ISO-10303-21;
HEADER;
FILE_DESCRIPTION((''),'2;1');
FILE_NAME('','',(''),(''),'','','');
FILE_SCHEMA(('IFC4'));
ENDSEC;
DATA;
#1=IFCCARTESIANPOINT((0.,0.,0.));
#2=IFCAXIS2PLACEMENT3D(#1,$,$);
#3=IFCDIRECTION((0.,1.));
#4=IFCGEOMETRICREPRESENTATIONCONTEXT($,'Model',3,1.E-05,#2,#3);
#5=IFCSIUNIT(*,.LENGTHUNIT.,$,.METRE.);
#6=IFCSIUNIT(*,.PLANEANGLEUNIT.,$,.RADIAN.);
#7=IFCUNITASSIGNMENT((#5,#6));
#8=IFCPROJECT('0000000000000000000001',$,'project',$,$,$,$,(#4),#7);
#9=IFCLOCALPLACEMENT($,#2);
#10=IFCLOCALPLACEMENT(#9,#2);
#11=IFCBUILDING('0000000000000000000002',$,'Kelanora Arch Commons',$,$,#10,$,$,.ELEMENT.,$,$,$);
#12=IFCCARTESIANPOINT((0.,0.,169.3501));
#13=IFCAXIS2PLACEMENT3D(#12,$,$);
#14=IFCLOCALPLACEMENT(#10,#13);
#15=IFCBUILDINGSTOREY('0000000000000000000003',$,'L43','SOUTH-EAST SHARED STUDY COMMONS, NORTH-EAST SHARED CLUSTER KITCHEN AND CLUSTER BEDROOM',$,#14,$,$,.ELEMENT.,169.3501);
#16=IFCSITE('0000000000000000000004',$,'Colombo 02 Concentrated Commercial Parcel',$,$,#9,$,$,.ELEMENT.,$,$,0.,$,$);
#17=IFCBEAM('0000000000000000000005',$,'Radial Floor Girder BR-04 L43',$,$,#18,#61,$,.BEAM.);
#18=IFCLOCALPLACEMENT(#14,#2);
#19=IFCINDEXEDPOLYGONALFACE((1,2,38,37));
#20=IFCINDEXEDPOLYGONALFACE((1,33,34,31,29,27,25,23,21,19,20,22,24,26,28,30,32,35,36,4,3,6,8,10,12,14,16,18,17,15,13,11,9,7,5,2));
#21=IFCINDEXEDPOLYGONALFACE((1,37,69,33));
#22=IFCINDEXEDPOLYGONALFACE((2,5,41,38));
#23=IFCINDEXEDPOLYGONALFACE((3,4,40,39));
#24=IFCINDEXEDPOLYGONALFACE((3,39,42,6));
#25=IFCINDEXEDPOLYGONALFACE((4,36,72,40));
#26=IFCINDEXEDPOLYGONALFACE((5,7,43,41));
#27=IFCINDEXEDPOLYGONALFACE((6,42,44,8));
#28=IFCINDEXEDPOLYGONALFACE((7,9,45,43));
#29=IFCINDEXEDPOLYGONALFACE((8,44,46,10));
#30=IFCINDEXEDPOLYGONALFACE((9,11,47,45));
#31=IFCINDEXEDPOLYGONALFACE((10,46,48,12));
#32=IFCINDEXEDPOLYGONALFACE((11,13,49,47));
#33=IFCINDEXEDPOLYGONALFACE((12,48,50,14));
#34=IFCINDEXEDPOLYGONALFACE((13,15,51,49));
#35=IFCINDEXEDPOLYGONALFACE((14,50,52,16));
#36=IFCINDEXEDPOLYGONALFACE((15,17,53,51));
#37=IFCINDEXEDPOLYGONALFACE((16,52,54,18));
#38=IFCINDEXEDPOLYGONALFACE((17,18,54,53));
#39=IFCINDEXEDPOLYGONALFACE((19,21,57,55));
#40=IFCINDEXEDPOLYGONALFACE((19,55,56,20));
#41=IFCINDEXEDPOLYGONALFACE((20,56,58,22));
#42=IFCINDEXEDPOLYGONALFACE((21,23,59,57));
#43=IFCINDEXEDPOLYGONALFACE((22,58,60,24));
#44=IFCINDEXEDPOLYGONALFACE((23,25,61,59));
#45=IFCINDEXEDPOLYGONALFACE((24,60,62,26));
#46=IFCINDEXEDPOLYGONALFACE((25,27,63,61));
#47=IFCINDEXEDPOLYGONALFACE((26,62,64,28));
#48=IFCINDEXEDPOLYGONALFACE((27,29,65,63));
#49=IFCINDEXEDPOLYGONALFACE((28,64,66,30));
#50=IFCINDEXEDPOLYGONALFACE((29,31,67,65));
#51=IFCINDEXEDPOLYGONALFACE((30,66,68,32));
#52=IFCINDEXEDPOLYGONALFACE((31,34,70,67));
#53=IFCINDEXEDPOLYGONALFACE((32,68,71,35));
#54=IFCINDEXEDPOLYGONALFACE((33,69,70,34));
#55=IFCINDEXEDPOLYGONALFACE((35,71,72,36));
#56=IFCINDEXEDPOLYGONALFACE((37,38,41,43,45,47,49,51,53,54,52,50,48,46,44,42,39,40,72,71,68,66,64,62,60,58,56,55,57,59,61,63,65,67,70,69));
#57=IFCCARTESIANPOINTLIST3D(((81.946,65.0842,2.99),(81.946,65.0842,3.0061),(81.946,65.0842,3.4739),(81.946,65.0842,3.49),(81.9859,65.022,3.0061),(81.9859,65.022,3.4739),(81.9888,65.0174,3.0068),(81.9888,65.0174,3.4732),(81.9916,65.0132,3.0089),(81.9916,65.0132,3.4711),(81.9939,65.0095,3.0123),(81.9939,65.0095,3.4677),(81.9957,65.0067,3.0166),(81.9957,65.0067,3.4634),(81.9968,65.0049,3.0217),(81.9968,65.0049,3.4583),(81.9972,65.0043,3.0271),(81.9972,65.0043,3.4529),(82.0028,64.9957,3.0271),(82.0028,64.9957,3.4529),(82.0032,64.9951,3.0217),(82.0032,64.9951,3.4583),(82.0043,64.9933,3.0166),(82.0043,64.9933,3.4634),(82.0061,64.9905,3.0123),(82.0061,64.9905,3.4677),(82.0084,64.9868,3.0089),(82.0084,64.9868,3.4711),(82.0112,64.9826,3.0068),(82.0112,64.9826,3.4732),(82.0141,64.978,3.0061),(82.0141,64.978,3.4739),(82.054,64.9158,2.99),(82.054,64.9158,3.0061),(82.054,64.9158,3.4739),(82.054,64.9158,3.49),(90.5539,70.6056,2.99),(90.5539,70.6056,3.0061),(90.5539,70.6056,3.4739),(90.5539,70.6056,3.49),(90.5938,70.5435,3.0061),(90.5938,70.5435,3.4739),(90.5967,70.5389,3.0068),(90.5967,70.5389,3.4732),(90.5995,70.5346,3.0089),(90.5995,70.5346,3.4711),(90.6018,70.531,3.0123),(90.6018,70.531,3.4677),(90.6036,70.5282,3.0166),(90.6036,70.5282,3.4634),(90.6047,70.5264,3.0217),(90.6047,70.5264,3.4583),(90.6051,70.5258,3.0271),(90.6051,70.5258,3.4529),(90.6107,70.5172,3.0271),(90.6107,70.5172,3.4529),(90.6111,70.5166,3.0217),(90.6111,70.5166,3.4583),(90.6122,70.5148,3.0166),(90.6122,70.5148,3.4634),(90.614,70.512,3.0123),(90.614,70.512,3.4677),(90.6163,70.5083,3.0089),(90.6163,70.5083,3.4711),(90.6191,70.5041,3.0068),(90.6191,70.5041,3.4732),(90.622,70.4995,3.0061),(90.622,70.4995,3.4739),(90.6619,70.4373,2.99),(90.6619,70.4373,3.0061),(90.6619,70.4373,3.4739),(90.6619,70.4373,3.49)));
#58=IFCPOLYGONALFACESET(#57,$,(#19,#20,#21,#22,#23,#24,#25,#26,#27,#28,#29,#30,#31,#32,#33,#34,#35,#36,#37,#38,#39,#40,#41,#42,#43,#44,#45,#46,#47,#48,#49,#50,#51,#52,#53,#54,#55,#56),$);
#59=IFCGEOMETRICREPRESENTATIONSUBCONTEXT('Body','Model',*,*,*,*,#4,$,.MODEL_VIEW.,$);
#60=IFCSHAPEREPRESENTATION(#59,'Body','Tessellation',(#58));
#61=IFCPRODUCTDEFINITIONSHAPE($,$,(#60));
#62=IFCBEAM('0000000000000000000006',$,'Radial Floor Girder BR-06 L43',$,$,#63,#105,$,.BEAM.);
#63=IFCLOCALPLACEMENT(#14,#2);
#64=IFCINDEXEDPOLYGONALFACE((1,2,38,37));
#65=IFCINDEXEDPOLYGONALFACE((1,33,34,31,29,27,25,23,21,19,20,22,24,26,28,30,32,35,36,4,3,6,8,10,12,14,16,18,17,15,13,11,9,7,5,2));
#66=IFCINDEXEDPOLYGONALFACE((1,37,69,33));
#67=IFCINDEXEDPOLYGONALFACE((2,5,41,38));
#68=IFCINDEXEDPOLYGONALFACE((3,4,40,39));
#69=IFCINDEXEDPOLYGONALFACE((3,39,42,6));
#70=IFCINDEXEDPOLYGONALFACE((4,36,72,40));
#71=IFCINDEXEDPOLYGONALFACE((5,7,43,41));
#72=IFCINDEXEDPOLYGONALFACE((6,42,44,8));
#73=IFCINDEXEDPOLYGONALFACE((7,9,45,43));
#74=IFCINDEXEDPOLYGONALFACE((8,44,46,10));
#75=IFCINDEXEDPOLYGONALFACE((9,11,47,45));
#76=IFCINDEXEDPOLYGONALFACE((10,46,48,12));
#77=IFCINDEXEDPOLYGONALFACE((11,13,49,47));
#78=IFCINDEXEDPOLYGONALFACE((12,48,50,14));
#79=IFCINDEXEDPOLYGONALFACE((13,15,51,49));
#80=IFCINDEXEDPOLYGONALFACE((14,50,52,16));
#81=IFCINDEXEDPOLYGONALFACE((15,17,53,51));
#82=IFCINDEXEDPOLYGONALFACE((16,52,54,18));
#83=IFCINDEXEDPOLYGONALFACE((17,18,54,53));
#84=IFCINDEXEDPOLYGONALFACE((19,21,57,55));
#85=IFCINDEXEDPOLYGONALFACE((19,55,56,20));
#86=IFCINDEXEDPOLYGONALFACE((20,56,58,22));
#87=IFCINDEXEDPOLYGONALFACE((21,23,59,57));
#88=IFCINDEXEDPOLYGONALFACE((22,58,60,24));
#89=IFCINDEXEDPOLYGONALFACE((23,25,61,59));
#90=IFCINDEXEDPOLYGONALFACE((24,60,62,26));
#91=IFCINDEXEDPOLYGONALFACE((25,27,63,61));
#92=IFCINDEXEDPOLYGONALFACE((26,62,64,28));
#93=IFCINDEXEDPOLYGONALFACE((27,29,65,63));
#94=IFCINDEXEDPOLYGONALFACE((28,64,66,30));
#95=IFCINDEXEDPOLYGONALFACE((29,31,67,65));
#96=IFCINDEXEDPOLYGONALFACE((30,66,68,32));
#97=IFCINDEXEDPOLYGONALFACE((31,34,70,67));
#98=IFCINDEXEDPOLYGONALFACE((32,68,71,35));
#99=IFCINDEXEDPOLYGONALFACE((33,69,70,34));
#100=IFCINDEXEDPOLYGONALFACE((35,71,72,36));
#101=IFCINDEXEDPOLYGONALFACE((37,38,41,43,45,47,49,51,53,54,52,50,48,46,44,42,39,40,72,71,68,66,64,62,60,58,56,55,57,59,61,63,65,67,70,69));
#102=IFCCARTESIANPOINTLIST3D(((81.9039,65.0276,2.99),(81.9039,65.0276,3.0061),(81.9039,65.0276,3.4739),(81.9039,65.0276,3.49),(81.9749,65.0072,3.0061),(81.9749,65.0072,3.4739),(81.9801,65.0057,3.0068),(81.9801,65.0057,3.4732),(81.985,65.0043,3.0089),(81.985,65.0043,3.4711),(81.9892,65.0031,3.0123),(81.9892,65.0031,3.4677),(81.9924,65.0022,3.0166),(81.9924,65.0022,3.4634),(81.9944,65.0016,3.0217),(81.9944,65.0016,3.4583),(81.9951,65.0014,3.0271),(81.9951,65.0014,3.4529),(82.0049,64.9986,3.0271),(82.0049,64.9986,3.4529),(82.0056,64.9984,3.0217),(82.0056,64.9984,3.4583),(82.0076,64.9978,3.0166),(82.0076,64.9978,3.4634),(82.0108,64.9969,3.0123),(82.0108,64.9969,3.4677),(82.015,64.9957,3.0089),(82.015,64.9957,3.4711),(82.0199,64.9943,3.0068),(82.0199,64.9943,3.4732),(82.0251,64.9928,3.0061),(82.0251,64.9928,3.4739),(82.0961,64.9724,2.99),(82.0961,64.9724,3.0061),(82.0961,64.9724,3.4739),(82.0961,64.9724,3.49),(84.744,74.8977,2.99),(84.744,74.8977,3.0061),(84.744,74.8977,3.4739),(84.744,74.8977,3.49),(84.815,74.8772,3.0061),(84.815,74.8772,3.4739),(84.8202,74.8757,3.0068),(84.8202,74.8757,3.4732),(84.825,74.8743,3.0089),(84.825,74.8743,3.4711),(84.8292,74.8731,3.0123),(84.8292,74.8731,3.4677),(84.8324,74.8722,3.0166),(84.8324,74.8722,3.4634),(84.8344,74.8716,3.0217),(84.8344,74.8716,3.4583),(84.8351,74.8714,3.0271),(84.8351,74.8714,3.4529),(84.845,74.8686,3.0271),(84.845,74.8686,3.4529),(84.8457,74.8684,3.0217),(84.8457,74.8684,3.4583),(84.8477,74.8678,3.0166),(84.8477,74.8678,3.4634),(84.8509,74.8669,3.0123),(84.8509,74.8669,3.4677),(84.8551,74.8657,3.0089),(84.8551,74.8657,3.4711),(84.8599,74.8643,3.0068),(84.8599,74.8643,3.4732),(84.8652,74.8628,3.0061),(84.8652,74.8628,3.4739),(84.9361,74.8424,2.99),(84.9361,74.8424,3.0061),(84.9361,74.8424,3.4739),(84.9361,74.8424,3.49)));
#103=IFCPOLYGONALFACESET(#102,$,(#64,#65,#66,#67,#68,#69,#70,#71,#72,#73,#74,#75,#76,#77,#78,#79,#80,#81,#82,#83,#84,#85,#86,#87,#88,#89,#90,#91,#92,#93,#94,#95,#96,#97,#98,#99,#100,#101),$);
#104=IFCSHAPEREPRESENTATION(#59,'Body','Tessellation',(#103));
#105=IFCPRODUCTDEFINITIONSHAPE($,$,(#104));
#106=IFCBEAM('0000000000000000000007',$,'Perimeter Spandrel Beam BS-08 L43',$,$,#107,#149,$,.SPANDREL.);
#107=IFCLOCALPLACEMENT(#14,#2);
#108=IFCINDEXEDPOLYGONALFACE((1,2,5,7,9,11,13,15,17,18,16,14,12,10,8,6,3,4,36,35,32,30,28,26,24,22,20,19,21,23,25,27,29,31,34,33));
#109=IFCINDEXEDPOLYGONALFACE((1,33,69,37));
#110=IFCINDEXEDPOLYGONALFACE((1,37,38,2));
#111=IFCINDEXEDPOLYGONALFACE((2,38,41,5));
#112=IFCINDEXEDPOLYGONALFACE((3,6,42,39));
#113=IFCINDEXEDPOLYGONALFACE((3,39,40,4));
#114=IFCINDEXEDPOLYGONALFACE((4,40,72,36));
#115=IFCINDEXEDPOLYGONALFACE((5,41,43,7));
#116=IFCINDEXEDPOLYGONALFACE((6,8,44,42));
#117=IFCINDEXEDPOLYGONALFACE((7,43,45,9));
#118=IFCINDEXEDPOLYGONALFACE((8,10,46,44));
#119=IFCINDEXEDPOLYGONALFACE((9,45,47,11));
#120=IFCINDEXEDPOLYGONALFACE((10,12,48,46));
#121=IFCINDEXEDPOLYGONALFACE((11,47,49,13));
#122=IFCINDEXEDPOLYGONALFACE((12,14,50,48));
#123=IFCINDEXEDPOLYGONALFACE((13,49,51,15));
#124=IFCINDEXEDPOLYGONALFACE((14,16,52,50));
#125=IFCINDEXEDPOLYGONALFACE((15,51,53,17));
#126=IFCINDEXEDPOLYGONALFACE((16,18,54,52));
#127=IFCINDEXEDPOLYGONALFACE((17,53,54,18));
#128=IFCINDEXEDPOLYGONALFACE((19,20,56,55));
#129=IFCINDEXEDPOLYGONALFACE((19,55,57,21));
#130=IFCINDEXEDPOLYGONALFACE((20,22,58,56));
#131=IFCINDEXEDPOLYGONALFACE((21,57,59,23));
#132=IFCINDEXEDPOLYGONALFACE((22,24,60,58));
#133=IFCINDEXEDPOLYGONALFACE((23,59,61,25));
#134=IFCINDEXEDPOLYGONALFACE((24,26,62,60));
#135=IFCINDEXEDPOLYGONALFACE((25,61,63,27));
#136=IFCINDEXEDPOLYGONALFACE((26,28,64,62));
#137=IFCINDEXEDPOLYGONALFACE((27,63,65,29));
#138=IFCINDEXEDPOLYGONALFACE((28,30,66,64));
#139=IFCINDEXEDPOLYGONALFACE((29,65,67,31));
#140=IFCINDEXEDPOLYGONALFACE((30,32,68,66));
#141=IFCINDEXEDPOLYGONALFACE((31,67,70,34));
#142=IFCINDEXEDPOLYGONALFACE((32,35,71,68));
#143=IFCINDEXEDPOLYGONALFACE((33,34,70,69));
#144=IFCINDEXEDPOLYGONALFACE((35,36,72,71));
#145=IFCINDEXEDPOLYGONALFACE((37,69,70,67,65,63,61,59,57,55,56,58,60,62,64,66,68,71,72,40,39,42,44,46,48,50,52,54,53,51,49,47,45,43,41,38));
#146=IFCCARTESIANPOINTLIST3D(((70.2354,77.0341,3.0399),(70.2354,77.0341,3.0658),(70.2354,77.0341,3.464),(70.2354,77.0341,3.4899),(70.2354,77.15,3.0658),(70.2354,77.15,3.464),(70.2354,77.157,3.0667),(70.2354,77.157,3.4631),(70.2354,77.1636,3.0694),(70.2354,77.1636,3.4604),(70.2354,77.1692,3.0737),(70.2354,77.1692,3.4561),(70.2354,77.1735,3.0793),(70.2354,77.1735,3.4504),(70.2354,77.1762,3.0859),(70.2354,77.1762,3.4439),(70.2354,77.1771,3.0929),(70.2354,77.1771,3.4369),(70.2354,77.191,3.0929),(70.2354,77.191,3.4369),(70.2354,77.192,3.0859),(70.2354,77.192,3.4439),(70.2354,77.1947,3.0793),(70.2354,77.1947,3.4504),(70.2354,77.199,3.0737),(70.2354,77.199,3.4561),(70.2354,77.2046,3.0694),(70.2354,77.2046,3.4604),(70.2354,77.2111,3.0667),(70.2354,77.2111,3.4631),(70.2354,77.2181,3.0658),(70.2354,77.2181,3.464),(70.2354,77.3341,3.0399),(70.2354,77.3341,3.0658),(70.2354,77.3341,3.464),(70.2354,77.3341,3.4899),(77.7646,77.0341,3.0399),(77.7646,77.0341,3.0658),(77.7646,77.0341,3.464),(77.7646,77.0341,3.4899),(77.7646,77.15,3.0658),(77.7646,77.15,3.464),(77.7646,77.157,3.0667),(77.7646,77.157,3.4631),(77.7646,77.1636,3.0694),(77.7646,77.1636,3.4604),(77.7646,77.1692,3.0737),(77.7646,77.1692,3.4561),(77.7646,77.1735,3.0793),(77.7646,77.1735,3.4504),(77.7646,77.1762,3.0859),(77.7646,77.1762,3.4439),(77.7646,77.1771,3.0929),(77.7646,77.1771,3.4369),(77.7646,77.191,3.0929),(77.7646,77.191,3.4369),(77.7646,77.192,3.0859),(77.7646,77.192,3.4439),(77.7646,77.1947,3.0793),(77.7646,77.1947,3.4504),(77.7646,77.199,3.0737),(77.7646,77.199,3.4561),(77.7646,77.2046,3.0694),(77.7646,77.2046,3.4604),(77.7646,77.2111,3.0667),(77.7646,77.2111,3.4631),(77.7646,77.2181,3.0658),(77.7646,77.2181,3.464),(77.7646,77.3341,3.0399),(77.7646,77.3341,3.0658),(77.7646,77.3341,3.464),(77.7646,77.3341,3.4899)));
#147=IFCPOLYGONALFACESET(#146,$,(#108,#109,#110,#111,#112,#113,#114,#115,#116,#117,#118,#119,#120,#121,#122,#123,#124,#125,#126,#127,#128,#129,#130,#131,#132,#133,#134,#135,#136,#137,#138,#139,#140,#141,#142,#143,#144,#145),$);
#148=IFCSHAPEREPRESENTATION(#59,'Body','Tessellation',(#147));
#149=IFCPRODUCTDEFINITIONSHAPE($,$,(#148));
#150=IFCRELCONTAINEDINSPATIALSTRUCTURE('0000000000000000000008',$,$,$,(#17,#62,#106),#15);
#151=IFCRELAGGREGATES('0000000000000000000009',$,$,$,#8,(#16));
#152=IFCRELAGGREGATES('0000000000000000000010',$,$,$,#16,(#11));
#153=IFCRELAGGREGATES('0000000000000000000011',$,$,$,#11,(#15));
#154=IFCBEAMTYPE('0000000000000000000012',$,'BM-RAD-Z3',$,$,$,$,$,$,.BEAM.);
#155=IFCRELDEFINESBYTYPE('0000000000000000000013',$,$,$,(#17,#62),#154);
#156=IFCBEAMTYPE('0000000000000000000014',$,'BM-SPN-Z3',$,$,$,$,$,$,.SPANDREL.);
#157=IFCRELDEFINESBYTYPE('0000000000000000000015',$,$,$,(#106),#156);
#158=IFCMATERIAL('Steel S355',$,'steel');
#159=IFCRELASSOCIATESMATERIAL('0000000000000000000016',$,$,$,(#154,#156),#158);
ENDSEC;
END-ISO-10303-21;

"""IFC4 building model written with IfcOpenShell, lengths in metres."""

from ifc_helpers import new_model, si_unit, direction, frame, origin, origin_2d, place, context, subcontext, project, spatial, i_section, extrude, material, material_profile, profile_set, type_object, element, save


model = new_model("IFC4")

# Units and contexts
model_context = context("Model", 3, precision=1e-05, world=origin(), true_north=direction((0.0, 1.0)))
body_context = subcontext(model_context, "Body", "Model", "MODEL_VIEW")
ifc_project = project(units=[si_unit("LENGTHUNIT", "METRE"), si_unit("PLANEANGLEUNIT", "RADIAN")], contexts=[model_context])

# Site, building, storey
site_placement = place(None, origin())
site = spatial("IfcSite", under=ifc_project, at=site_placement, Name="Colombo 02 Concentrated Commercial Parcel", CompositionType="ELEMENT", RefElevation=0.0)
building_placement = place(site_placement, origin())
building = spatial("IfcBuilding", under=site, at=building_placement, Name="Kelanora Arch Commons", CompositionType="ELEMENT")
storey_placement = place(building_placement, frame((0.0, 0.0, 169.3501)))
storey = spatial("IfcBuildingStorey", under=building, at=storey_placement, Name="L43", Description="SOUTH-EAST SHARED STUDY COMMONS, NORTH-EAST SHARED CLUSTER KITCHEN AND CLUSTER BEDROOM", CompositionType="ELEMENT", Elevation=169.3501)

# Beams
ifc_material_1 = material(Name="Steel S355", Category="steel")
ifc_material_profile_1 = material_profile(ifc_material_1, i_section(OverallWidth=0.2, OverallDepth=0.5, WebThickness=0.0103, FlangeThickness=0.0161, FilletRadius=0.021, at=origin_2d()), Name="IPE500")
ifc_profile_set_1 = profile_set([ifc_material_profile_1], Name="Steel S355")
beam_type_1 = type_object("IfcBeamType", Name="BM-RAD-Z3", PredefinedType="BEAM", material=ifc_profile_set_1)
beam_1_placement = place(storey_placement, frame((82.0, 65.0, 3.24), z_axis=(0.841719, 0.539915, 0.0), x_axis=(-0.539915, 0.841719, 0.0)))
element("IfcBeam", 1, at=beam_1_placement, inside=storey, type_object=beam_type_1, Name="Radial Floor Girder BR-04 L43", PredefinedType="BEAM", context=body_context, shape_type="SweptSolid", body=[
    extrude(i_section(OverallWidth=0.2, OverallDepth=0.5, WebThickness=0.0103, FlangeThickness=0.0161, FilletRadius=0.021, at=origin_2d()), origin(), (0.0, 0.0, 1.0), 10.2266),
])
beam_2_placement = place(storey_placement, frame((82.0, 65.0, 3.24), z_axis=(0.276526, 0.961006, 0.0), x_axis=(-0.961006, 0.276526, 0.0)))
element("IfcBeam", 2, at=beam_2_placement, inside=storey, type_object=beam_type_1, Name="Radial Floor Girder BR-06 L43", PredefinedType="BEAM", context=body_context, shape_type="SweptSolid", body=[
    extrude(i_section(OverallWidth=0.2, OverallDepth=0.5, WebThickness=0.0103, FlangeThickness=0.0161, FilletRadius=0.021, at=origin_2d()), origin(), (0.0, 0.0, 1.0), 10.2705),
])
ifc_material_profile_2 = material_profile(ifc_material_1, i_section(OverallWidth=0.3, OverallDepth=0.45, WebThickness=0.0139, FlangeThickness=0.0259, FilletRadius=0.0271, at=origin_2d()), Name="HEB450")
ifc_profile_set_2 = profile_set([ifc_material_profile_2], Name="Steel S355")
beam_type_2 = type_object("IfcBeamType", Name="BM-SPN-Z3", PredefinedType="SPANDREL", material=ifc_profile_set_2)
beam_3_placement = place(storey_placement, frame((77.7646, 77.1841, 3.2649), z_axis=(-1.0, 0.0, 0.0), x_axis=(0.0, -1.0, 0.0)))
element("IfcBeam", 3, at=beam_3_placement, inside=storey, type_object=beam_type_2, Name="Perimeter Spandrel Beam BS-08 L43", PredefinedType="SPANDREL", context=body_context, shape_type="SweptSolid", body=[
    extrude(i_section(OverallWidth=0.3, OverallDepth=0.45, WebThickness=0.0139, FlangeThickness=0.0259, FilletRadius=0.0271, at=origin_2d()), origin(), (0.0, 0.0, 1.0), 7.5293),
])

save(model, "model.ifc")
